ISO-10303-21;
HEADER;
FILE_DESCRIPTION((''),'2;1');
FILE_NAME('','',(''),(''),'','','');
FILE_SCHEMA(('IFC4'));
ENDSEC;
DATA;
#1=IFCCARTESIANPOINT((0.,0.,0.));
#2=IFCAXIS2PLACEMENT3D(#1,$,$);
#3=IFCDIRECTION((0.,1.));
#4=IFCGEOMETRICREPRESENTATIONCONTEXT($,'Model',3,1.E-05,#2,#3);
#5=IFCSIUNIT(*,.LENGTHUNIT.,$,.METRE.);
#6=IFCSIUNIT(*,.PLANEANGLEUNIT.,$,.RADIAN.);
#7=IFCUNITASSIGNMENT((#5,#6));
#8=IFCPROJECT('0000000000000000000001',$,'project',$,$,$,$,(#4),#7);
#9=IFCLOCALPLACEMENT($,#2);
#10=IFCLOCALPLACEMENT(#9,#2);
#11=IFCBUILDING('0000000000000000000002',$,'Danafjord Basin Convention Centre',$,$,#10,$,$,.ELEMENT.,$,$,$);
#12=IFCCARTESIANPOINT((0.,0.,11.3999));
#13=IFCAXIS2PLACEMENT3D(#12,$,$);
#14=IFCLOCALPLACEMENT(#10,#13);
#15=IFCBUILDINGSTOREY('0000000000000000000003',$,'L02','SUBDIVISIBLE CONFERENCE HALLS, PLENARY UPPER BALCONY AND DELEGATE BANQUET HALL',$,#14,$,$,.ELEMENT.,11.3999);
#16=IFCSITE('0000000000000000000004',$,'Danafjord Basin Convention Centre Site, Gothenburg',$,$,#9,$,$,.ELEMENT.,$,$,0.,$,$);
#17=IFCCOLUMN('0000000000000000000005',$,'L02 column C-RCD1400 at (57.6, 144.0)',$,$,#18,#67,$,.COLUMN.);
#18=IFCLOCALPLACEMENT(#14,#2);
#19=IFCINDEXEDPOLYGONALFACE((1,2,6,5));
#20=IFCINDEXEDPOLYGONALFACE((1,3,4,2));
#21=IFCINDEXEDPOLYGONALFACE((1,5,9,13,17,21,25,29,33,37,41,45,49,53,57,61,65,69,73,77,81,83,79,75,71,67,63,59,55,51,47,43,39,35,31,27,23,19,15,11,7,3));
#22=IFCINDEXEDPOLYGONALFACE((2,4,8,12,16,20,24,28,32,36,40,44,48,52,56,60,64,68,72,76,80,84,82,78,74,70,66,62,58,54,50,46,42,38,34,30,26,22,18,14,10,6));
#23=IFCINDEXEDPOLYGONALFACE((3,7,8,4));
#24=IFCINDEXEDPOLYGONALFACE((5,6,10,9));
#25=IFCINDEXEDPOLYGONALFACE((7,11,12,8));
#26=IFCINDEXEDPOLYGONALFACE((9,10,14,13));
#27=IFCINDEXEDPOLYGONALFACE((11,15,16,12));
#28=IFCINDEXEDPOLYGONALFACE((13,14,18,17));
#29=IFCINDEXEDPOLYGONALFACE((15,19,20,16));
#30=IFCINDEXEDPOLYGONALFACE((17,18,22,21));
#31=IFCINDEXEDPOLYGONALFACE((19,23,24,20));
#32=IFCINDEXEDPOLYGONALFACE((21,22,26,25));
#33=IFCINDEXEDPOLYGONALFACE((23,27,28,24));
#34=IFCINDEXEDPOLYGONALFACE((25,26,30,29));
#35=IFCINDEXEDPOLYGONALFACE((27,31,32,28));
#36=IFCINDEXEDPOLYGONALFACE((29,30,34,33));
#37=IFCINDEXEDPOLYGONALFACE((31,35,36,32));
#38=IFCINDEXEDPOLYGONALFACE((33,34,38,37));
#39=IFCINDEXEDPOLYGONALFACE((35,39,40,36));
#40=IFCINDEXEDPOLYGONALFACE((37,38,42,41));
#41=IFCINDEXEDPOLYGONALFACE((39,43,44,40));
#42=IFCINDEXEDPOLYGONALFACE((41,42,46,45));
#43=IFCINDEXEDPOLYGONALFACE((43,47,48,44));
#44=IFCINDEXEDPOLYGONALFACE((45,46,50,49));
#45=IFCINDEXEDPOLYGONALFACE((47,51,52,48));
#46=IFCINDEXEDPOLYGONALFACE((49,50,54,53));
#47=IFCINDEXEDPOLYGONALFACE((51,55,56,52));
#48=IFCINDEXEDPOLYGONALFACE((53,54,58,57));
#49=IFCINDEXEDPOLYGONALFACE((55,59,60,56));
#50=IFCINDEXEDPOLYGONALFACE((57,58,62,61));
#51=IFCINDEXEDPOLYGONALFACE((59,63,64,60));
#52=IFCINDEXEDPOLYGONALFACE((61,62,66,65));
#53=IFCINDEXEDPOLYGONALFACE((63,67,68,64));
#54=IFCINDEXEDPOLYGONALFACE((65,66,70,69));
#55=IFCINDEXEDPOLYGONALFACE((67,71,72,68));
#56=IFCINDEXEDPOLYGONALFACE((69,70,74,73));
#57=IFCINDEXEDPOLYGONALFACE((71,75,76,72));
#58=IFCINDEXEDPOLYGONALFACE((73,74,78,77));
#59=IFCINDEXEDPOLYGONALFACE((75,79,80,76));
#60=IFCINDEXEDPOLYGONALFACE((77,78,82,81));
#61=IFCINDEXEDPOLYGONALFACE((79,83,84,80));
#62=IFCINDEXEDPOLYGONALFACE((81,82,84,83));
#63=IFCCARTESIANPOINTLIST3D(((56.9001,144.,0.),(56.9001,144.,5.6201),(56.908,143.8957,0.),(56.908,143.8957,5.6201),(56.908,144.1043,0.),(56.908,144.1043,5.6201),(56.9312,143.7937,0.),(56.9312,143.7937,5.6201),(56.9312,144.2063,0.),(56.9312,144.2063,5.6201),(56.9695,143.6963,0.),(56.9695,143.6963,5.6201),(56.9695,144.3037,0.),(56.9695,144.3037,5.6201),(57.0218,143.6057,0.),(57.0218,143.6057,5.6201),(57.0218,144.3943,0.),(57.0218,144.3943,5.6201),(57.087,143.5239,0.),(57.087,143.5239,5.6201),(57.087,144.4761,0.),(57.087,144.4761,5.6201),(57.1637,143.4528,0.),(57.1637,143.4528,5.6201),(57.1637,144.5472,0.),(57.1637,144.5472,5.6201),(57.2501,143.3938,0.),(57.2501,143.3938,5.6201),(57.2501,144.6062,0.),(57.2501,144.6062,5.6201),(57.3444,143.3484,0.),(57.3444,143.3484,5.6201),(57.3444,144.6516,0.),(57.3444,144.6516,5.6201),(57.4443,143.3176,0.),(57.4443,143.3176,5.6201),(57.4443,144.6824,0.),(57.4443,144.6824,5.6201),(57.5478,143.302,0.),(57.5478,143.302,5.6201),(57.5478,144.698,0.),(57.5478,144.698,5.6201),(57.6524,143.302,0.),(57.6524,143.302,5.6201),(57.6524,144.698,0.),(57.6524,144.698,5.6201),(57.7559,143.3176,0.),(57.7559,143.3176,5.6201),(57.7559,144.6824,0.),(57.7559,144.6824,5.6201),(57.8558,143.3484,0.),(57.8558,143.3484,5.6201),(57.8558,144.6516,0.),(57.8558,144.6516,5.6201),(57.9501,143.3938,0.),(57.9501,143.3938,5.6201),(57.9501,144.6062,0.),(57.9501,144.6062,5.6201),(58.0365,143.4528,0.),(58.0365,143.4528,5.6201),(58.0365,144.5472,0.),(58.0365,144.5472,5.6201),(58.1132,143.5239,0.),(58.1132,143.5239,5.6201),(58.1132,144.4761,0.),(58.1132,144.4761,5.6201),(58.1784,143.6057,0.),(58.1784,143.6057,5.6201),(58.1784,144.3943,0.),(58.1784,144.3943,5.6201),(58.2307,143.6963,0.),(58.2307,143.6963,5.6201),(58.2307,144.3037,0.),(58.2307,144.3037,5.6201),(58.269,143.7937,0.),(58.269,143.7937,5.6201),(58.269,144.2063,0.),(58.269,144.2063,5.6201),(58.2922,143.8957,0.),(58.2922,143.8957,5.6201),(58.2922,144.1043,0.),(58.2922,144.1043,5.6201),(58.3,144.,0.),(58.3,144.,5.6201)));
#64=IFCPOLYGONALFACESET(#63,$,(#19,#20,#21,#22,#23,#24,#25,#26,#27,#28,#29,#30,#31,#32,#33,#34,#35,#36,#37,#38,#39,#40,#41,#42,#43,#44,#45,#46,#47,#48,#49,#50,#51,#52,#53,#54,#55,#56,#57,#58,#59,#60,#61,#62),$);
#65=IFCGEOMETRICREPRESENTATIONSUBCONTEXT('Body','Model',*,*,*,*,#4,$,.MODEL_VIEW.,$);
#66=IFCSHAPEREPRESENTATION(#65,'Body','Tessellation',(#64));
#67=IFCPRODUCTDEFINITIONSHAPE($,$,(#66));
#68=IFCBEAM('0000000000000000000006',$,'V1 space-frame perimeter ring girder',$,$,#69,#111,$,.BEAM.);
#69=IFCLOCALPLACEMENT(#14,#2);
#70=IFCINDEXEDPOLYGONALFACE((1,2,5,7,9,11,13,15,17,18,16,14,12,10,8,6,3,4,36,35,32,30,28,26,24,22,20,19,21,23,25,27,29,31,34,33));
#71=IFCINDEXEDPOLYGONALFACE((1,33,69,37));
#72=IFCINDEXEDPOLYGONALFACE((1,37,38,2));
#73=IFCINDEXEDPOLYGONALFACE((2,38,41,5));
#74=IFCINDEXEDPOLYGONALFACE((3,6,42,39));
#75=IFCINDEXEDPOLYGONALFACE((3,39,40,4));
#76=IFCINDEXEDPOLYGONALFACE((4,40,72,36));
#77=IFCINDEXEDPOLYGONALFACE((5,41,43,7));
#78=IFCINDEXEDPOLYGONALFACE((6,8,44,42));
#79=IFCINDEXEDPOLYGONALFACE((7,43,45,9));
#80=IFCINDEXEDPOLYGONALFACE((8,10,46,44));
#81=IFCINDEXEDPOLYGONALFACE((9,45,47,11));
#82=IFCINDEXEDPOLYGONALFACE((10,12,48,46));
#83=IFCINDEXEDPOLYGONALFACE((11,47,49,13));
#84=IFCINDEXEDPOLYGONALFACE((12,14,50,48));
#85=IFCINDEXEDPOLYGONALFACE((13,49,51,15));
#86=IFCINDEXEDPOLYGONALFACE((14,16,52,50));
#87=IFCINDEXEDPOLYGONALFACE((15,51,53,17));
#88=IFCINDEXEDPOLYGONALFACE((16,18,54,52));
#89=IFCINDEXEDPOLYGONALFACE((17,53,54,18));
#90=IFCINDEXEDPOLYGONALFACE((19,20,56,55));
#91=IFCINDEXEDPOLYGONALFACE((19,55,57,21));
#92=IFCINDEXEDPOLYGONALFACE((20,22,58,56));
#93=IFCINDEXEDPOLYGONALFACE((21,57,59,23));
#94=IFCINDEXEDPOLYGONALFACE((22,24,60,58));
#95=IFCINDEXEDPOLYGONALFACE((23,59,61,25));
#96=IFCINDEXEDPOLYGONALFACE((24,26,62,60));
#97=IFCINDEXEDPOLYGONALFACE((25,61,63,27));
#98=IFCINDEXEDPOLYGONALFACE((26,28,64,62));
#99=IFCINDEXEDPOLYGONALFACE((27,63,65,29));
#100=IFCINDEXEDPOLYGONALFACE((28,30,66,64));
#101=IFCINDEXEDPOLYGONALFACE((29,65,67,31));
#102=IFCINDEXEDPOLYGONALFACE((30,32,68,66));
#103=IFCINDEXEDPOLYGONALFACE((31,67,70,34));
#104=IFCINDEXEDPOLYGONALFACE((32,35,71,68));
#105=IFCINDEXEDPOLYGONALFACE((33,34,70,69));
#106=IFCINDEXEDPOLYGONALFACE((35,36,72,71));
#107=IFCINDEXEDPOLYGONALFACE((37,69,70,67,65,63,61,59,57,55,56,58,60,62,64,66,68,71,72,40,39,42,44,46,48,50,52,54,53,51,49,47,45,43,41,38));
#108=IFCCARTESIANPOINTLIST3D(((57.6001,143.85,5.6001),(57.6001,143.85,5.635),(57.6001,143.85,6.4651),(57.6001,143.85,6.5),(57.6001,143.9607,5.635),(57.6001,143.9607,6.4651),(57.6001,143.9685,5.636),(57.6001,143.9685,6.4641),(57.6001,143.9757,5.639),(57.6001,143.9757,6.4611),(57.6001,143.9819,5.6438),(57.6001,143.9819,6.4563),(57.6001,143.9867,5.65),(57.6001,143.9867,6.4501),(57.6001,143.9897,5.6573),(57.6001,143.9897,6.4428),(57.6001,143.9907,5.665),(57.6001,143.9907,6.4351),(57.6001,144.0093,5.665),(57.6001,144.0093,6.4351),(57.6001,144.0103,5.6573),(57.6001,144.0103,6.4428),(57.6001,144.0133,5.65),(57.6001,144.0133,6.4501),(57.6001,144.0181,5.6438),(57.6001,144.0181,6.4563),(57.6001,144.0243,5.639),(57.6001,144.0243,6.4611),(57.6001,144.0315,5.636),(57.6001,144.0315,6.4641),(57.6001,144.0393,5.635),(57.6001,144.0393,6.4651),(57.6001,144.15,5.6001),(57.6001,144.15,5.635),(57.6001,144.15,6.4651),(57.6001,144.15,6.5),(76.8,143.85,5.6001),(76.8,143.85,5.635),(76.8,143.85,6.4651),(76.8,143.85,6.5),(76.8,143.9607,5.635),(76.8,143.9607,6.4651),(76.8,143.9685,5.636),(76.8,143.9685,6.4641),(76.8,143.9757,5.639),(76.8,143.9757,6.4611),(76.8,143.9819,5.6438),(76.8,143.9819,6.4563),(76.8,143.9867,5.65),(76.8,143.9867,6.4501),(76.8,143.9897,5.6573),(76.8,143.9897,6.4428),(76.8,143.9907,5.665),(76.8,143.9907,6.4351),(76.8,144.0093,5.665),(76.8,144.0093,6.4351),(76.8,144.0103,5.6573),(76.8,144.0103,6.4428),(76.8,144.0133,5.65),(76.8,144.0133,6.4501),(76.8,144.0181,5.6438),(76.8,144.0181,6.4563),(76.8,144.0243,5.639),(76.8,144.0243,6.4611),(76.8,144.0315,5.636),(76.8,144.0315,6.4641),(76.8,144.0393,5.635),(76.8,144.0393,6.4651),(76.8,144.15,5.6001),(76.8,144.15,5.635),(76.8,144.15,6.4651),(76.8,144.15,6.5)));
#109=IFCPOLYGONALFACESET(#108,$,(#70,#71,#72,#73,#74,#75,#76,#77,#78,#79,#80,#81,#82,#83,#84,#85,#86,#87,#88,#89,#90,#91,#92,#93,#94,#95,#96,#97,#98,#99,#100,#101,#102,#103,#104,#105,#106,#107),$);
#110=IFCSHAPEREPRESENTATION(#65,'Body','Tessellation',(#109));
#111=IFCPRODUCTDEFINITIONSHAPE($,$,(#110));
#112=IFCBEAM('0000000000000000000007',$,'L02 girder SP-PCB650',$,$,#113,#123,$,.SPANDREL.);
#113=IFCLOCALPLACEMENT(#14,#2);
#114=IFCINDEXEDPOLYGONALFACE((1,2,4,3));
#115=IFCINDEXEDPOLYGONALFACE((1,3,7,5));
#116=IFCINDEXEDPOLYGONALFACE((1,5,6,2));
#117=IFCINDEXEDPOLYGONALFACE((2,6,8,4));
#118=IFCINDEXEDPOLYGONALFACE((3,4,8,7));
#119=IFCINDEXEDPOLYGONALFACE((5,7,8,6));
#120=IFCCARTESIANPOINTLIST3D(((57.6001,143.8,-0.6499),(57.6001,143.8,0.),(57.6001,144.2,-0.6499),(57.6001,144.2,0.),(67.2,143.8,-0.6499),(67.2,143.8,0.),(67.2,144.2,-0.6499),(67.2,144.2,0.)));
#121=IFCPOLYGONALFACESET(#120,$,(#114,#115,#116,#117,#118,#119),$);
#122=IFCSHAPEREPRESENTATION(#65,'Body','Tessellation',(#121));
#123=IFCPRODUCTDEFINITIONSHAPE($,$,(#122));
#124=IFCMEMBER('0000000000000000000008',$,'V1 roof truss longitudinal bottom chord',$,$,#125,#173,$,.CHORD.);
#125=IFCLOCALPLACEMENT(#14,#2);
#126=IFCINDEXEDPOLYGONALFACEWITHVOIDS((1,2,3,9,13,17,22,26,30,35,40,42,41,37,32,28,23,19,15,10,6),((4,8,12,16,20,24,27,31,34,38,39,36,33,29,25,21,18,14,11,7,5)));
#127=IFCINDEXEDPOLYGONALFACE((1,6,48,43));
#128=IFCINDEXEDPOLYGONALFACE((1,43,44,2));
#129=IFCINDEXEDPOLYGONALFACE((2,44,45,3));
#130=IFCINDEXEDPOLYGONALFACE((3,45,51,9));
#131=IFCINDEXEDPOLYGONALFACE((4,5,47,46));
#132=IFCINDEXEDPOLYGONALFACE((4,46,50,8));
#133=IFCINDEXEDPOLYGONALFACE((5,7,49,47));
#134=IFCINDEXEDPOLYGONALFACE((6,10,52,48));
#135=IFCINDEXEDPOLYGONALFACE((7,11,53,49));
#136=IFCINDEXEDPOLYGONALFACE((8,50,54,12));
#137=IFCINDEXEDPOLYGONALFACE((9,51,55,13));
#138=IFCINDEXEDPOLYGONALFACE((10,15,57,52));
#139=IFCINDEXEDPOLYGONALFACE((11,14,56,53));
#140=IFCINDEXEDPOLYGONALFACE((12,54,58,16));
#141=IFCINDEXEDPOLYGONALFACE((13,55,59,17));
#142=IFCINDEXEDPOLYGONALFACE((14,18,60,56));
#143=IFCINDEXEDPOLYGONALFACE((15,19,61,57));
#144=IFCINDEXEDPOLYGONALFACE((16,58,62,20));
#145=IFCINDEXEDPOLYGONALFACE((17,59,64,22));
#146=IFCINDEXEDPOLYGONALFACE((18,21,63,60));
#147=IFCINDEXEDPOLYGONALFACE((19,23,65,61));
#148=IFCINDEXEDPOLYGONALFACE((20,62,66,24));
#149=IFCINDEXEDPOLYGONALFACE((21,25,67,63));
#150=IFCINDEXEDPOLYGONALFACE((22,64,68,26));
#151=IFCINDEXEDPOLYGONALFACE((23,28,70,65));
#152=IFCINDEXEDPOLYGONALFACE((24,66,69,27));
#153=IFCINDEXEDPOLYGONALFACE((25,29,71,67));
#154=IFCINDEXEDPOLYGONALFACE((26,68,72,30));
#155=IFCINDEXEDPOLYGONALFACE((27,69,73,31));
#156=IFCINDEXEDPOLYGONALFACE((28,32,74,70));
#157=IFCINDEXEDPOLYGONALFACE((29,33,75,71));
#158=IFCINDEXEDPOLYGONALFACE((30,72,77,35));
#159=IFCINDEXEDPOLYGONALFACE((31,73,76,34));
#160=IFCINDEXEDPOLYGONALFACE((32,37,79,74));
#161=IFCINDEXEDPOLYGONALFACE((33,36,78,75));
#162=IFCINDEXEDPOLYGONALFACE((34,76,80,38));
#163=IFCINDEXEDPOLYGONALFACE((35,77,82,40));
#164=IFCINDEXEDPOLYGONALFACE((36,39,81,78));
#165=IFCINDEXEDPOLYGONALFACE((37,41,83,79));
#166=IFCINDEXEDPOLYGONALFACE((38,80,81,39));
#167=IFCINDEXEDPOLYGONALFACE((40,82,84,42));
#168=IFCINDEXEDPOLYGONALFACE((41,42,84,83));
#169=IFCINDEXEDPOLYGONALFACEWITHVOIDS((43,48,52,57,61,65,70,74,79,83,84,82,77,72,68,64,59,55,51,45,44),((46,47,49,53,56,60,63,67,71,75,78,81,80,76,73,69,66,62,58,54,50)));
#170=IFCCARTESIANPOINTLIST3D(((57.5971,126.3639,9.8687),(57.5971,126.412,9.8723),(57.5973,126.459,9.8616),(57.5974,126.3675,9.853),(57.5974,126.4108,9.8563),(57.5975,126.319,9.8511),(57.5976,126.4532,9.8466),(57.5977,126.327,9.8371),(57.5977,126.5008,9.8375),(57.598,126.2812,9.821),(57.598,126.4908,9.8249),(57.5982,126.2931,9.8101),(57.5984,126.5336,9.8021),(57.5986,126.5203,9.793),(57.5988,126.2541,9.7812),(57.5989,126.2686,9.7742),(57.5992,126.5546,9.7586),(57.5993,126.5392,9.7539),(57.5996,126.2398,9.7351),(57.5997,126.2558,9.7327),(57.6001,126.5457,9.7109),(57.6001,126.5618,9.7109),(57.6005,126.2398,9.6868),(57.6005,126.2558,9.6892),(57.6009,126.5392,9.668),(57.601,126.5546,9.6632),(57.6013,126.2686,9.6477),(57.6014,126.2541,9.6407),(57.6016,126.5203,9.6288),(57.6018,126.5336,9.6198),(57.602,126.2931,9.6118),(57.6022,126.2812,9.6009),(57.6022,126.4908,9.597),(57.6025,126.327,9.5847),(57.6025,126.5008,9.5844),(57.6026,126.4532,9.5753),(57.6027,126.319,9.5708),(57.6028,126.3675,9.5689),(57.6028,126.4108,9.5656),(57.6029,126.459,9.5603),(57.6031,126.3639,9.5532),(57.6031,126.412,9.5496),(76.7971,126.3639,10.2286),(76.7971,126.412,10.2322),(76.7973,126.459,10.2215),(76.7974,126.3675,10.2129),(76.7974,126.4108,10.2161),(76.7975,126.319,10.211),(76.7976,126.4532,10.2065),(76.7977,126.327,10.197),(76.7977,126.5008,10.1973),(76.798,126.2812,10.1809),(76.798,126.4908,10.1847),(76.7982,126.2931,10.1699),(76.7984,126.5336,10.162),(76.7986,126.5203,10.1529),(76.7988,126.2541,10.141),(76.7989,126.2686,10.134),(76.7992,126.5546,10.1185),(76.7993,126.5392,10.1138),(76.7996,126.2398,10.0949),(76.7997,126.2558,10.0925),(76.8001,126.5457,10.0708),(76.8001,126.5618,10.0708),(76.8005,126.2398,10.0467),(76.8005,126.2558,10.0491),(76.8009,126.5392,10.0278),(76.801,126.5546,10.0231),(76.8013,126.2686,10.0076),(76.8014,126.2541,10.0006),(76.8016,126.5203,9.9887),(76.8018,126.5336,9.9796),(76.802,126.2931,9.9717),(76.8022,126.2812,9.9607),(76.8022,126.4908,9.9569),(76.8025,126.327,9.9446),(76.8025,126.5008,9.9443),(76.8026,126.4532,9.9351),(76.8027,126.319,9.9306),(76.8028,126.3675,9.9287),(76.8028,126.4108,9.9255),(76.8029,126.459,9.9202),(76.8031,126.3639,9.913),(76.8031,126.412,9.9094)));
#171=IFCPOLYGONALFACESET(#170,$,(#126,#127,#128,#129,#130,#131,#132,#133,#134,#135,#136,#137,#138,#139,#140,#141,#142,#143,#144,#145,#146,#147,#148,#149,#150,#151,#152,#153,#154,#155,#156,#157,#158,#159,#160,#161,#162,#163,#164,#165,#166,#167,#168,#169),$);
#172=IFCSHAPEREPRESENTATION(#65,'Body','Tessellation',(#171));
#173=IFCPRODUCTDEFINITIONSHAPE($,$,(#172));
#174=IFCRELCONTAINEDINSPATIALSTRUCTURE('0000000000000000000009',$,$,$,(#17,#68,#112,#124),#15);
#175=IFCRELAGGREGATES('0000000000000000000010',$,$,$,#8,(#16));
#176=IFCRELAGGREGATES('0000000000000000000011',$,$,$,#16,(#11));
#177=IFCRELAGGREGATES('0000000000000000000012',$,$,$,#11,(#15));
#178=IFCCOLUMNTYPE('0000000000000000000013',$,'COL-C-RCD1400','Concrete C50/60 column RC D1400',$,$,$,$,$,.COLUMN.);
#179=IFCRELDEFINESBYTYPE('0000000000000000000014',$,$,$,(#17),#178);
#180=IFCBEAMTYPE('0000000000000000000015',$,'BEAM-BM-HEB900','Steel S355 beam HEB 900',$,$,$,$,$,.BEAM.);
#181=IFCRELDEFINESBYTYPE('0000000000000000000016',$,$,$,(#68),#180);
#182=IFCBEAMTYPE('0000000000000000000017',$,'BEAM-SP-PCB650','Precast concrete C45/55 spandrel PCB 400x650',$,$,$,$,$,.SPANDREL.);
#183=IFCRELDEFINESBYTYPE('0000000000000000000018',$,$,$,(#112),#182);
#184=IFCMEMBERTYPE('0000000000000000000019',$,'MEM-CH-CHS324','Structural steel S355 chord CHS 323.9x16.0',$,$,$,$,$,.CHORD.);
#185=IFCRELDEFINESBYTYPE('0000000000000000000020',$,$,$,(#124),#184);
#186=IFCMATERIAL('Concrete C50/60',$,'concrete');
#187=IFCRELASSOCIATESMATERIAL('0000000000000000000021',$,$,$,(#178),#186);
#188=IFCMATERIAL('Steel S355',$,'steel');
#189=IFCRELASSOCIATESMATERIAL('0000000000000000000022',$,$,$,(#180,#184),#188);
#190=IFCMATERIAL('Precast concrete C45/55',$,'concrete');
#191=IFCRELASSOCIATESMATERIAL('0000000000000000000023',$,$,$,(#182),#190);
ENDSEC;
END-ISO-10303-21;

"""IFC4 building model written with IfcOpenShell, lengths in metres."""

from ifc_helpers import new_model, si_unit, direction, frame, origin, origin_2d, place, context, subcontext, project, spatial, rectangle, circle, hollow_circle, i_section, extrude, material, material_profile, profile_set, type_object, element, save


model = new_model("IFC4")

# Units and contexts
model_context = context("Model", 3, precision=1e-05, world=origin(), true_north=direction((0.0, 1.0)))
body_context = subcontext(model_context, "Body", "Model", "MODEL_VIEW")
ifc_project = project(units=[si_unit("LENGTHUNIT", "METRE"), si_unit("PLANEANGLEUNIT", "RADIAN")], contexts=[model_context])

# Site, building, storey
site_placement = place(None, origin())
site = spatial("IfcSite", under=ifc_project, at=site_placement, Name="Danafjord Basin Convention Centre Site, Gothenburg", CompositionType="ELEMENT", RefElevation=0.0)
building_placement = place(site_placement, origin())
building = spatial("IfcBuilding", under=site, at=building_placement, Name="Danafjord Basin Convention Centre", CompositionType="ELEMENT")
storey_placement = place(building_placement, frame((0.0, 0.0, 11.3999)))
storey = spatial("IfcBuildingStorey", under=building, at=storey_placement, Name="L02", Description="SUBDIVISIBLE CONFERENCE HALLS, PLENARY UPPER BALCONY AND DELEGATE BANQUET HALL", CompositionType="ELEMENT", Elevation=11.3999)

# Column
ifc_material_1 = material(Name="Concrete C50/60", Category="concrete")
ifc_material_profile_1 = material_profile(ifc_material_1, circle(Radius=0.7, at=origin_2d()), Name="RC D1400")
ifc_profile_set_1 = profile_set([ifc_material_profile_1], Name="Concrete C50/60")
column_type = type_object("IfcColumnType", Name="COL-C-RCD1400", Description="Concrete C50/60 column RC D1400", PredefinedType="COLUMN", material=ifc_profile_set_1)
column_placement = place(storey_placement, frame((57.6001, 144.0, 0.0), z_axis=(0.0, 0.0, 1.0), x_axis=(1.0, 0.0, 0.0)))
element("IfcColumn", 1, at=column_placement, inside=storey, type_object=column_type, Name="L02 column C-RCD1400 at (57.6, 144.0)", PredefinedType="COLUMN", context=body_context, shape_type="SweptSolid", body=[
    extrude(circle(Radius=0.7, at=origin_2d()), origin(), (0.0, 0.0, 1.0), 5.6201),
])

# Beams
ifc_material_2 = material(Name="Steel S355", Category="steel")
ifc_material_profile_2 = material_profile(ifc_material_2, i_section(OverallWidth=0.3, OverallDepth=0.8999, WebThickness=0.0186, FlangeThickness=0.0349, FilletRadius=0.03, at=origin_2d()), Name="HEB 900")
ifc_profile_set_2 = profile_set([ifc_material_profile_2], Name="Steel S355")
beam_type_1 = type_object("IfcBeamType", Name="BEAM-BM-HEB900", Description="Steel S355 beam HEB 900", PredefinedType="BEAM", material=ifc_profile_set_2)
beam_1_placement = place(storey_placement, frame((57.6001, 144.0, 6.05), z_axis=(1.0, 0.0, 0.0), x_axis=(0.0, 1.0, 0.0)))
element("IfcBeam", 2, at=beam_1_placement, inside=storey, type_object=beam_type_1, Name="V1 space-frame perimeter ring girder", PredefinedType="BEAM", context=body_context, shape_type="SweptSolid", body=[
    extrude(i_section(OverallWidth=0.3, OverallDepth=0.8999, WebThickness=0.0186, FlangeThickness=0.0349, FilletRadius=0.03, at=origin_2d()), origin(), (0.0, 0.0, 1.0), 19.2),
])
ifc_material_3 = material(Name="Precast concrete C45/55", Category="concrete")
ifc_material_profile_3 = material_profile(ifc_material_3, rectangle(XDim=0.3999, YDim=0.6499, at=origin_2d()), Name="PCB 400x650")
ifc_profile_set_3 = profile_set([ifc_material_profile_3], Name="Precast concrete C45/55")
beam_type_2 = type_object("IfcBeamType", Name="BEAM-SP-PCB650", Description="Precast concrete C45/55 spandrel PCB 400x650", PredefinedType="SPANDREL", material=ifc_profile_set_3)
beam_2_placement = place(storey_placement, frame((57.6001, 144.0, -0.325), z_axis=(1.0, 0.0, 0.0), x_axis=(0.0, 1.0, 0.0)))
element("IfcBeam", 3, at=beam_2_placement, inside=storey, type_object=beam_type_2, Name="L02 girder SP-PCB650", PredefinedType="SPANDREL", context=body_context, shape_type="SweptSolid", body=[
    extrude(rectangle(XDim=0.3999, YDim=0.6499, at=origin_2d()), origin(), (0.0, 0.0, 1.0), 9.5999),
])

# Member
ifc_material_profile_4 = material_profile(ifc_material_2, hollow_circle(Radius=0.1619, WallThickness=0.0161, at=origin_2d()), Name="CHS 323.9x16.0")
ifc_profile_set_4 = profile_set([ifc_material_profile_4], Name="Steel S355")
member_type_1 = type_object("IfcMemberType", Name="MEM-CH-CHS324", Description="Structural steel S355 chord CHS 323.9x16.0", PredefinedType="CHORD", material=ifc_profile_set_4)
member_1_placement = place(storey_placement, frame((57.6001, 126.3999, 9.7109), z_axis=(0.999824, 0.0, 0.01874), x_axis=(0.0, 1.0, 0.0)))
element("IfcMember", 4, at=member_1_placement, inside=storey, type_object=member_type_1, Name="V1 roof truss longitudinal bottom chord", PredefinedType="CHORD", context=body_context, shape_type="SweptSolid", body=[
    extrude(hollow_circle(Radius=0.1619, WallThickness=0.0161, at=origin_2d()), origin(), (0.0, 0.0, 1.0), 19.2034),
])

save(model, "model.ifc")
